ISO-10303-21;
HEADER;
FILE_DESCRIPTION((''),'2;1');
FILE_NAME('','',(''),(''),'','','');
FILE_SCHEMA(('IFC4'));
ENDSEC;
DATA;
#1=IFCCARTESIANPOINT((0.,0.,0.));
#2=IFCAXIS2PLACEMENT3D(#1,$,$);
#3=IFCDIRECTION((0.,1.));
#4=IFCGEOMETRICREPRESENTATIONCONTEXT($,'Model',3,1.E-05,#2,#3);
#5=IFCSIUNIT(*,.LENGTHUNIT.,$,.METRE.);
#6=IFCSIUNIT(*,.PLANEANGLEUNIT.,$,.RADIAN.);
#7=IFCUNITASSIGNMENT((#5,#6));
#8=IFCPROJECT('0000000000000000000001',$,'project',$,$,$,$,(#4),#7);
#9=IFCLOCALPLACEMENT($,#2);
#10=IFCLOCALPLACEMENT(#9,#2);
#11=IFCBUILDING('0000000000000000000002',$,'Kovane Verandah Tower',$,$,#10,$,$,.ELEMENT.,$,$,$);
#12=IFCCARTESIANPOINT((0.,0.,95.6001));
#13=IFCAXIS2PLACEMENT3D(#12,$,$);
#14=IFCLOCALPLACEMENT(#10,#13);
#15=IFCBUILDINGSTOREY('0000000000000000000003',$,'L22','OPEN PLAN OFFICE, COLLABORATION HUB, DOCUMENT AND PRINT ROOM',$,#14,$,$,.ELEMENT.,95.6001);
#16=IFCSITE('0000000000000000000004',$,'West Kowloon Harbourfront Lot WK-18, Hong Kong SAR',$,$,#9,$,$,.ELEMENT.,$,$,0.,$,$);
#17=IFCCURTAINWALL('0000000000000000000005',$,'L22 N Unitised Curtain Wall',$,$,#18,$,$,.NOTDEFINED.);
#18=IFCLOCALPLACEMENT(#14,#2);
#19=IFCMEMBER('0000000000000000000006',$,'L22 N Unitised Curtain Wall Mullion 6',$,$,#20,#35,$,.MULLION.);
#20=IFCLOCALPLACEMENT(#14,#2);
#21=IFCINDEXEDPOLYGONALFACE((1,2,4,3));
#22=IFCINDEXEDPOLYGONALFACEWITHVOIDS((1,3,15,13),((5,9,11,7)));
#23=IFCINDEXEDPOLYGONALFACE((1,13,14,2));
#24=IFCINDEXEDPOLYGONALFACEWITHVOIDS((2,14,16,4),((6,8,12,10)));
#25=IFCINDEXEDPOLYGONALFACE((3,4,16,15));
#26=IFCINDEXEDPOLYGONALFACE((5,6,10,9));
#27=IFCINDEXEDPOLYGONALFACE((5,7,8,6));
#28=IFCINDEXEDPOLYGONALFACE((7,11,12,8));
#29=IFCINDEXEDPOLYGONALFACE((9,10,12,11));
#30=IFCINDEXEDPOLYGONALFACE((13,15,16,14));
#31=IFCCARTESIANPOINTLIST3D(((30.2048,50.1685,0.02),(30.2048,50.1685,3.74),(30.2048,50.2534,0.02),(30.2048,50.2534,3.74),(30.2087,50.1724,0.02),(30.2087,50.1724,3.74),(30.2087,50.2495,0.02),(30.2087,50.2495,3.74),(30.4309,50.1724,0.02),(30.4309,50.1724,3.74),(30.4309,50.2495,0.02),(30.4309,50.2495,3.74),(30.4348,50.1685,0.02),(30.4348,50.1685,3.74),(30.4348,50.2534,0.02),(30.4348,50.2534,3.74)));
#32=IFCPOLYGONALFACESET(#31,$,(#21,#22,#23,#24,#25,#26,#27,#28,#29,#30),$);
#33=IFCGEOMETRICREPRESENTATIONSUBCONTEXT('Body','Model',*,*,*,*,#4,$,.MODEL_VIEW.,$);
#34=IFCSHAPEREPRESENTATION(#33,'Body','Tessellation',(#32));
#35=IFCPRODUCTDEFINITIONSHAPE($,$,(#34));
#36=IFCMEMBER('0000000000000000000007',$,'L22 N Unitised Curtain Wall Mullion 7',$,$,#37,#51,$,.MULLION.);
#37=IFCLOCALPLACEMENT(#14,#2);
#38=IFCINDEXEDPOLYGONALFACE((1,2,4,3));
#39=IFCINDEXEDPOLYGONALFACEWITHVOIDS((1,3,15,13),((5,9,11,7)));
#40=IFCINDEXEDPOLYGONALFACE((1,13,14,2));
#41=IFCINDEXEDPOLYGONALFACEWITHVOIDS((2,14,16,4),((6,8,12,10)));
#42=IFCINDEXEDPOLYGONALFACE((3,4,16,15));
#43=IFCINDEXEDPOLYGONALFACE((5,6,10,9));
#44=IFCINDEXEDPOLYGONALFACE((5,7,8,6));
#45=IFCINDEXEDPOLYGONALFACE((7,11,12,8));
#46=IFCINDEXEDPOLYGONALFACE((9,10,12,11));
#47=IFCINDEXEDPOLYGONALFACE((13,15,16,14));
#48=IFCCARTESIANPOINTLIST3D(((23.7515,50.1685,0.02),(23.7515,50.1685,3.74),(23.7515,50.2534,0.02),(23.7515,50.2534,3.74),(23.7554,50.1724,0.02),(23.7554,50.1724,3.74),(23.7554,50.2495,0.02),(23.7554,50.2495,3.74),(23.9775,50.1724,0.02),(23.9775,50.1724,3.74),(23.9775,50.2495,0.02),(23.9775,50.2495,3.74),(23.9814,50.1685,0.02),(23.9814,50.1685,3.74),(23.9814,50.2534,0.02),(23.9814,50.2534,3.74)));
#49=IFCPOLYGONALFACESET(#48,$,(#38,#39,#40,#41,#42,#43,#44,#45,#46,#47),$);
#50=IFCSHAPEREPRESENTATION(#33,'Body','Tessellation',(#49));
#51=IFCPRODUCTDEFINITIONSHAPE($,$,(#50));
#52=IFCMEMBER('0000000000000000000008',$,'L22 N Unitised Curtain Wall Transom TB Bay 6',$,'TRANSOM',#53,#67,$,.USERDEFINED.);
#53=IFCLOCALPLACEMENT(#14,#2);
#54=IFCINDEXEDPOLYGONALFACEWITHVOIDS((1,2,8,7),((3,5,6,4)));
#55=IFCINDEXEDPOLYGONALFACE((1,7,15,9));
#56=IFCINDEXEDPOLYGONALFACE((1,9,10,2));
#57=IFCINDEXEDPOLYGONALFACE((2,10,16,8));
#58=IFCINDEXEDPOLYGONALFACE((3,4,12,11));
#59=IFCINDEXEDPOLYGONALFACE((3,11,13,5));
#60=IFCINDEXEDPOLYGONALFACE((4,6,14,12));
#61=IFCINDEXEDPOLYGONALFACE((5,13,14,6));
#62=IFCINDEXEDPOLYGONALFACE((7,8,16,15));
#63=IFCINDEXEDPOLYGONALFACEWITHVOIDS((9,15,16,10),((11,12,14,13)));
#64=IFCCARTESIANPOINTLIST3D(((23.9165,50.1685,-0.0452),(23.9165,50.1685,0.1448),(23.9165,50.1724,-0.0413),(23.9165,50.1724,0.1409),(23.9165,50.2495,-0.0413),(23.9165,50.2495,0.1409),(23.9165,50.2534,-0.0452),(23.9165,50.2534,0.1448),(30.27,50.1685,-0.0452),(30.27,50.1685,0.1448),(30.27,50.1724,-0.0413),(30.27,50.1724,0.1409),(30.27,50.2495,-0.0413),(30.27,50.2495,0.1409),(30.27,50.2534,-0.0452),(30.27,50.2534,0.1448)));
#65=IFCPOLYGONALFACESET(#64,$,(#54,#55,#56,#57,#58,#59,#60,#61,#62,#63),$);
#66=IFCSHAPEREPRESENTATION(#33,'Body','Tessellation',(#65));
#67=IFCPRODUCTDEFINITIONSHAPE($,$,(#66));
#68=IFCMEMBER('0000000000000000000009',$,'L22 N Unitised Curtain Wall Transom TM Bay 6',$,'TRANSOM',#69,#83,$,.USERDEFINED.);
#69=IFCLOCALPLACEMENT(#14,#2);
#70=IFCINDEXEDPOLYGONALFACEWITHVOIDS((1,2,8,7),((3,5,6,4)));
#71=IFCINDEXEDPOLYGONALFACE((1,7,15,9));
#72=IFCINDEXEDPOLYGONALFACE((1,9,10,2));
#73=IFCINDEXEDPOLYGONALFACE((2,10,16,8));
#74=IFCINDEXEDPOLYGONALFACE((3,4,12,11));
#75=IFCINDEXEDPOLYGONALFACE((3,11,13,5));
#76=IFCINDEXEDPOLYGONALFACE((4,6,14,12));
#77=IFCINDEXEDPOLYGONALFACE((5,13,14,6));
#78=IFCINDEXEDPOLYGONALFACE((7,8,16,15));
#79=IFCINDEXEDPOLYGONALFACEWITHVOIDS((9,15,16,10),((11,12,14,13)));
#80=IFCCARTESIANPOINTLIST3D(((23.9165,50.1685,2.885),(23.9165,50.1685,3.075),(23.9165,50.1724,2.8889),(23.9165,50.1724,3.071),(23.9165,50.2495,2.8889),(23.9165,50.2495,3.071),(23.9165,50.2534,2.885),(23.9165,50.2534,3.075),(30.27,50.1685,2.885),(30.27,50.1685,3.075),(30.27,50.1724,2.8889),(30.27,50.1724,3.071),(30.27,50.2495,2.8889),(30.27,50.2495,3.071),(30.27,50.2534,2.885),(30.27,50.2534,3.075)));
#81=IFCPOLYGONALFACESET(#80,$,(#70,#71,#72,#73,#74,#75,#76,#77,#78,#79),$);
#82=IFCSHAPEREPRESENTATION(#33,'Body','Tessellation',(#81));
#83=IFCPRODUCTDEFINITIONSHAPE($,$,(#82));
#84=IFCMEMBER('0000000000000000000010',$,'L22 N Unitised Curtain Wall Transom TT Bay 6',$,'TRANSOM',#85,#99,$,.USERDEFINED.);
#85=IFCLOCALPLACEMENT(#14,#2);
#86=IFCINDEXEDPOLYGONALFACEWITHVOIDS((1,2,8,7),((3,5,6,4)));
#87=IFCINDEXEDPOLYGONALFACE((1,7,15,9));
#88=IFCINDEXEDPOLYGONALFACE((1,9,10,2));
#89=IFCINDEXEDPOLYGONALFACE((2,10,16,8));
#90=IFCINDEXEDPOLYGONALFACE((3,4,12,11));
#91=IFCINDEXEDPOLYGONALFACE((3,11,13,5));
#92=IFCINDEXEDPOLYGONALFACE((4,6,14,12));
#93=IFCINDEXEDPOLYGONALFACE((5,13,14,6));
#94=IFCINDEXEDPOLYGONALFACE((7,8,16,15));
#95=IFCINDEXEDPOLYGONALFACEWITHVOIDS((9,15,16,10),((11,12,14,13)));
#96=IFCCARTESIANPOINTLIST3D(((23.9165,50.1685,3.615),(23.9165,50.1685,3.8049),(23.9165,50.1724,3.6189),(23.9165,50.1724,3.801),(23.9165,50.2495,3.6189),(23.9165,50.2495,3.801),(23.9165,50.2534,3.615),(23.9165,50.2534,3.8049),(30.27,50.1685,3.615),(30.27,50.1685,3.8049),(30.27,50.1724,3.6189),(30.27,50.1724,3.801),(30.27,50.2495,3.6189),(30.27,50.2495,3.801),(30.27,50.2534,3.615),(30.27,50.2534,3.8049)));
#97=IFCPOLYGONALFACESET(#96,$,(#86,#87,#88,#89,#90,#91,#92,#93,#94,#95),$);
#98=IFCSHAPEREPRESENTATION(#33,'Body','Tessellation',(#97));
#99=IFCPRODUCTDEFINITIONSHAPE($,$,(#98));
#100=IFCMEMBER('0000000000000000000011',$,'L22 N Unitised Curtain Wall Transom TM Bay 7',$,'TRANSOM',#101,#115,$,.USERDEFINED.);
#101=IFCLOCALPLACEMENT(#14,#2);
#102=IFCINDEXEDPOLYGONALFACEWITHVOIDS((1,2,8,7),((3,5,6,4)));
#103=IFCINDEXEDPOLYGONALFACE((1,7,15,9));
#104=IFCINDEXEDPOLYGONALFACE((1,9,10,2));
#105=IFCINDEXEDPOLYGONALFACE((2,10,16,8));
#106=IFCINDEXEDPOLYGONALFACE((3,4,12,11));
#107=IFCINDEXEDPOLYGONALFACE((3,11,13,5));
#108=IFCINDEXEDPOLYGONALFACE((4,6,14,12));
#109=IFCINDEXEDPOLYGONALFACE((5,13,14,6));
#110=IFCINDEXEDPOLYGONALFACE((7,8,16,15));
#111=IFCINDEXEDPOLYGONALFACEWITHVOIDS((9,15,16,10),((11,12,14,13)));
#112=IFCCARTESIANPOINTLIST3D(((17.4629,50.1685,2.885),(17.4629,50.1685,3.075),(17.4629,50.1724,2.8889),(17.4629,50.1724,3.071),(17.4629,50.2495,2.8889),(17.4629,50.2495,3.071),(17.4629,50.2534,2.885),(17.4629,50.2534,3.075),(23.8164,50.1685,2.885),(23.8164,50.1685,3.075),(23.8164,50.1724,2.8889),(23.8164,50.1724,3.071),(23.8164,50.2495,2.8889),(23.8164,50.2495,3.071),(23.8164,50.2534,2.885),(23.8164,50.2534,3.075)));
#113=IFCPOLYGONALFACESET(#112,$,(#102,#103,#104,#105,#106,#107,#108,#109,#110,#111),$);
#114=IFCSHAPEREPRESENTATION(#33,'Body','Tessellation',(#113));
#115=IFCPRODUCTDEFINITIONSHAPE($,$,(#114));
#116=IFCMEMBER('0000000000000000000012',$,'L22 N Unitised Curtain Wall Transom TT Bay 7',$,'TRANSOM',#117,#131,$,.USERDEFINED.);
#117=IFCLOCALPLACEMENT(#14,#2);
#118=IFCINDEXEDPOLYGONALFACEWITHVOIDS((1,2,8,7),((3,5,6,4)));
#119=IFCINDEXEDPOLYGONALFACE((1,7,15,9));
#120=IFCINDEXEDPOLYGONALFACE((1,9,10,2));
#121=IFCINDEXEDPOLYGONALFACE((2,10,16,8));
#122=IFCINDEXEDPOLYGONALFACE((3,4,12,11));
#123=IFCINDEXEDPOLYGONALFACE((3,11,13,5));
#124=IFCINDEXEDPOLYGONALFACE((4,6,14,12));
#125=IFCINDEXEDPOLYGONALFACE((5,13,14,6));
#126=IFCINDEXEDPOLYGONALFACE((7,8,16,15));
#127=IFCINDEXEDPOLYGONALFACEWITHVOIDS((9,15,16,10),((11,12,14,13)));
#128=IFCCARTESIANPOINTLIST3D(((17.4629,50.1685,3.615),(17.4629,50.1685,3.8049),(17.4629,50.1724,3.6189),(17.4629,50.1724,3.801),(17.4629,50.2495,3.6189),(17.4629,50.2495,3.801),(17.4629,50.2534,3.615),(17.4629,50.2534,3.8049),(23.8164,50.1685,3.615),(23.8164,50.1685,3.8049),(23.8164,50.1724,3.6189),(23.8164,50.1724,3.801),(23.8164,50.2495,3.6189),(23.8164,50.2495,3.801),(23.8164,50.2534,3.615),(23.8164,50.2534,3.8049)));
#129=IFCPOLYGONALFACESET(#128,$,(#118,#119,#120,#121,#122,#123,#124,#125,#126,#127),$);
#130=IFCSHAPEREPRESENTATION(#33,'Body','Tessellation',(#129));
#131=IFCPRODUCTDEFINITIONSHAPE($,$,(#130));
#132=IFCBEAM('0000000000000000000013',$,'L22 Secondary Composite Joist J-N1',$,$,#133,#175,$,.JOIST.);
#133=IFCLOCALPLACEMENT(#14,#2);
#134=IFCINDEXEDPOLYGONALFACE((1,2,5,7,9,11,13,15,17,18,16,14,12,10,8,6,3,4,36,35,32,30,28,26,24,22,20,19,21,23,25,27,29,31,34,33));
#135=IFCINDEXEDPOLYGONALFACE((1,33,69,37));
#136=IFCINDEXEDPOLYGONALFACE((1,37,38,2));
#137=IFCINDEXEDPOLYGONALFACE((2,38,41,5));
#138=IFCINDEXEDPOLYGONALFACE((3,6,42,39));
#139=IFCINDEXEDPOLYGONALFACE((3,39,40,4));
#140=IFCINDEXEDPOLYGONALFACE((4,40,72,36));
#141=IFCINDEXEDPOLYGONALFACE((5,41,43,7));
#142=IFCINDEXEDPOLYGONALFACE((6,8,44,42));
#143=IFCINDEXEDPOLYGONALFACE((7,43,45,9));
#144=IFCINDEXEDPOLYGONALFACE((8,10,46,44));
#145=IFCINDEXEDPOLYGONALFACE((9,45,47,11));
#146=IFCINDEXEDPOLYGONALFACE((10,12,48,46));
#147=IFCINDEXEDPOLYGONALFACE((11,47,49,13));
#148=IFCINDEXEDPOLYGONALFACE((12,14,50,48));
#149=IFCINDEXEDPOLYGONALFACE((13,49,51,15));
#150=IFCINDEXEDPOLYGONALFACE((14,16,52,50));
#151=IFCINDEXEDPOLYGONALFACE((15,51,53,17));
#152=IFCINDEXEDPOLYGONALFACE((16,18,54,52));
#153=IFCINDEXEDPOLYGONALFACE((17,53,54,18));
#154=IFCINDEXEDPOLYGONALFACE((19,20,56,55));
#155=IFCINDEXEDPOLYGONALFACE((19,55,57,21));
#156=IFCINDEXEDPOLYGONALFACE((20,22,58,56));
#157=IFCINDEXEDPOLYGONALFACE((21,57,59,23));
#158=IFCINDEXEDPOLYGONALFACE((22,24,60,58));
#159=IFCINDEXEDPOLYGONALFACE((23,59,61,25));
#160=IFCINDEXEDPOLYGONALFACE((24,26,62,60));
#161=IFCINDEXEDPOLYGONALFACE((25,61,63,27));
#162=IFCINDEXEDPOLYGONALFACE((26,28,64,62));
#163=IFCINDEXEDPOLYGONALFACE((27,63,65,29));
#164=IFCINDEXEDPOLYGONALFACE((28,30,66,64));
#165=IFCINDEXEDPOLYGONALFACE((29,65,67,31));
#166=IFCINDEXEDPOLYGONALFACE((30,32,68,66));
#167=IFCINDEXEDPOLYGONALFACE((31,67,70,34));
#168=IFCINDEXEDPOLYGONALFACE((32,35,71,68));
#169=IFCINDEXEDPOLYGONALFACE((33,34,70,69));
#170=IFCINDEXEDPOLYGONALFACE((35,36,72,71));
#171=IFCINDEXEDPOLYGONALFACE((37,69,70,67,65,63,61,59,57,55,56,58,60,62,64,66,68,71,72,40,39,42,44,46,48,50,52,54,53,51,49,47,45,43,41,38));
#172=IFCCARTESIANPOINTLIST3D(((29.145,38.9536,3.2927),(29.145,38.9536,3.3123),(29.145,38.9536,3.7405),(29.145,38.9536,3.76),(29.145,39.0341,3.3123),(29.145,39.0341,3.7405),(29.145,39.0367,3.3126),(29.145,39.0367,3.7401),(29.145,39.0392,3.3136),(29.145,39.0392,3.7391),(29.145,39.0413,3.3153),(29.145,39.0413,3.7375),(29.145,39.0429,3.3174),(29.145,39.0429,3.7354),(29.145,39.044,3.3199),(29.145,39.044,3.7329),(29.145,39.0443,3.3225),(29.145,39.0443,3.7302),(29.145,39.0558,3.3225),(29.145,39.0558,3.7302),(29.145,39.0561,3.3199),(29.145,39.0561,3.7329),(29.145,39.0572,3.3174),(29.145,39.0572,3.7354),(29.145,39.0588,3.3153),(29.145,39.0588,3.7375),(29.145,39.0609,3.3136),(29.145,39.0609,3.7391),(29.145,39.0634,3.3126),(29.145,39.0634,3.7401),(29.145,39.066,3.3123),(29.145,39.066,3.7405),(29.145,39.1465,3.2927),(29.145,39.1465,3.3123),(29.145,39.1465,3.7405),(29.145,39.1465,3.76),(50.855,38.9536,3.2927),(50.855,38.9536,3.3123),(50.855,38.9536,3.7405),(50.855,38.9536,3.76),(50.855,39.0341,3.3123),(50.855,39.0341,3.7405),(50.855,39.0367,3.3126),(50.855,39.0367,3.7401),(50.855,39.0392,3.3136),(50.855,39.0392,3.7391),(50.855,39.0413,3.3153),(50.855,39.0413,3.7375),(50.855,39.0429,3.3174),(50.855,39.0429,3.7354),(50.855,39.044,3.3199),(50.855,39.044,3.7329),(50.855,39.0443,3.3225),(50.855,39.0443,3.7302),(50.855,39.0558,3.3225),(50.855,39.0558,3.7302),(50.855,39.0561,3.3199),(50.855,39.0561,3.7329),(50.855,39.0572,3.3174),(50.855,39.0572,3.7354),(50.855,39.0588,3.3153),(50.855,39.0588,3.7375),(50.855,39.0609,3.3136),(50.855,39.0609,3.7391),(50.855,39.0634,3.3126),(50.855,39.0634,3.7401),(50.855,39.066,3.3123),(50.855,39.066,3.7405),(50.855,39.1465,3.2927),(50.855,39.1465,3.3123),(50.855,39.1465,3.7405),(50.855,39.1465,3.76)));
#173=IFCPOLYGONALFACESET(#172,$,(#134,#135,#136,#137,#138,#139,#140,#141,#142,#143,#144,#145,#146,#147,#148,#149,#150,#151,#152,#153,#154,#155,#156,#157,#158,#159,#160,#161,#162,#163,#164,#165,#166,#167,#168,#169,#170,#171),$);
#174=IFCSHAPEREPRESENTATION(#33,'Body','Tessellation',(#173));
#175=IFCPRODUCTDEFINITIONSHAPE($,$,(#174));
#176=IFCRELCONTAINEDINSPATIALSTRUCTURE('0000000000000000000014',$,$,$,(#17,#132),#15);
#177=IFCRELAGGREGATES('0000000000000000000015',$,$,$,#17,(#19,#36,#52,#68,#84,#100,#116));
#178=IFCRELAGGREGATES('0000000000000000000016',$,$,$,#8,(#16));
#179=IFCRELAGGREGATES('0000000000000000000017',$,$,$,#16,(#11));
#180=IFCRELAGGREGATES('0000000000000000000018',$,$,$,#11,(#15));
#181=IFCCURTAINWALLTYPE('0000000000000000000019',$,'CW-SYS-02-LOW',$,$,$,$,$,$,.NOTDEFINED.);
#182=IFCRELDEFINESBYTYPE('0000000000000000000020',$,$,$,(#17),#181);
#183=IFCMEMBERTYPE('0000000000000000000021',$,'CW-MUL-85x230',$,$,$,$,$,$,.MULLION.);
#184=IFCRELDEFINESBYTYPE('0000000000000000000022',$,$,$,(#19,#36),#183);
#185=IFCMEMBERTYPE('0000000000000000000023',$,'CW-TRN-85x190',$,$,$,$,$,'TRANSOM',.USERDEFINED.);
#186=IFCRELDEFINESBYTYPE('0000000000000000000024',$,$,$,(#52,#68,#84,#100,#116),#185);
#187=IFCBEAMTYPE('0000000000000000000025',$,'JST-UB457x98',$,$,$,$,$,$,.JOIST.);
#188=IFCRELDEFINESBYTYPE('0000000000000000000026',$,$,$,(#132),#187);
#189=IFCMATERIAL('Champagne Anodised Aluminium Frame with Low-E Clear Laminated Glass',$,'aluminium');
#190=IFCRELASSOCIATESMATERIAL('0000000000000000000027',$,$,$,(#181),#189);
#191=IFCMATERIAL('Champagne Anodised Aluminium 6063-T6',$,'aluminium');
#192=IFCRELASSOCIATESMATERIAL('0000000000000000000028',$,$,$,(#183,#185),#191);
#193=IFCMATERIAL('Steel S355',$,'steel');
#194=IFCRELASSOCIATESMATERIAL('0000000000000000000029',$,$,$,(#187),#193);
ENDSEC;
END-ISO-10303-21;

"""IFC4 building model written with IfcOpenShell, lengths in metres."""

from ifc_helpers import new_model, si_unit, direction, frame, origin, origin_2d, place, context, subcontext, project, spatial, hollow_rectangle, i_section, extrude, material, material_profile, profile_set, type_object, element, aggregate, save


model = new_model("IFC4")

# Units and contexts
model_context = context("Model", 3, precision=1e-05, world=origin(), true_north=direction((0.0, 1.0)))
body_context = subcontext(model_context, "Body", "Model", "MODEL_VIEW")
ifc_project = project(units=[si_unit("LENGTHUNIT", "METRE"), si_unit("PLANEANGLEUNIT", "RADIAN")], contexts=[model_context])

# Site, building, storey
site_placement = place(None, origin())
site = spatial("IfcSite", under=ifc_project, at=site_placement, Name="West Kowloon Harbourfront Lot WK-18, Hong Kong SAR", CompositionType="ELEMENT", RefElevation=0.0)
building_placement = place(site_placement, origin())
building = spatial("IfcBuilding", under=site, at=building_placement, Name="Kovane Verandah Tower", CompositionType="ELEMENT")
storey_placement = place(building_placement, frame((0.0, 0.0, 95.6001)))
storey = spatial("IfcBuildingStorey", under=building, at=storey_placement, Name="L22", Description="OPEN PLAN OFFICE, COLLABORATION HUB, DOCUMENT AND PRINT ROOM", CompositionType="ELEMENT", Elevation=95.6001)

# Shared definitions
ifc_material_1 = material(Name="Steel S355", Category="steel")

# Curtain wall, members
ifc_material_2 = material(Name="Champagne Anodised Aluminium Frame with Low-E Clear Laminated Glass", Category="aluminium")
curtain_wall_type = type_object("IfcCurtainWallType", Name="CW-SYS-02-LOW", PredefinedType="NOTDEFINED", material=ifc_material_2)
curtain_wall_placement = place(storey_placement, origin())
curtain_wall = element("IfcCurtainWall", 1, at=curtain_wall_placement, inside=storey, type_object=curtain_wall_type, Name="L22 N Unitised Curtain Wall", PredefinedType="NOTDEFINED")
ifc_material_3 = material(Name="Champagne Anodised Aluminium 6063-T6", Category="aluminium")
ifc_material_profile_1 = material_profile(ifc_material_3, hollow_rectangle(XDim=0.085, YDim=0.23, WallThickness=0.0039, at=origin_2d()), Name="AL85x230x4")
ifc_profile_set_1 = profile_set([ifc_material_profile_1], Name="Champagne Anodised Aluminium 6063-T6")
member_type_1 = type_object("IfcMemberType", Name="CW-MUL-85x230", PredefinedType="MULLION", material=ifc_profile_set_1)
member_1_placement = place(storey_placement, frame((30.3198, 50.2109, 0.02), z_axis=(0.0, 0.0, 1.0), x_axis=(0.0, 1.0, 0.0)))
member_1 = element("IfcMember", 2, at=member_1_placement, type_object=member_type_1, Name="L22 N Unitised Curtain Wall Mullion 6", PredefinedType="MULLION", context=body_context, shape_type="SweptSolid", body=[
    extrude(hollow_rectangle(XDim=0.085, YDim=0.23, WallThickness=0.0039, at=origin_2d()), origin(), (0.0, 0.0, 1.0), 3.72),
])
member_2_placement = place(storey_placement, frame((23.8665, 50.2109, 0.02), z_axis=(0.0, 0.0, 1.0), x_axis=(0.0, 1.0, 0.0)))
member_2 = element("IfcMember", 3, at=member_2_placement, type_object=member_type_1, Name="L22 N Unitised Curtain Wall Mullion 7", PredefinedType="MULLION", context=body_context, shape_type="SweptSolid", body=[
    extrude(hollow_rectangle(XDim=0.085, YDim=0.23, WallThickness=0.0039, at=origin_2d()), origin(), (0.0, 0.0, 1.0), 3.72),
])
ifc_material_profile_2 = material_profile(ifc_material_3, hollow_rectangle(XDim=0.085, YDim=0.1899, WallThickness=0.0039, at=origin_2d()), Name="AL85x190x4")
ifc_profile_set_2 = profile_set([ifc_material_profile_2], Name="Champagne Anodised Aluminium 6063-T6")
member_type_2 = type_object("IfcMemberType", Name="CW-TRN-85x190", ElementType="TRANSOM", PredefinedType="USERDEFINED", material=ifc_profile_set_2)
member_3_placement = place(storey_placement, frame((30.27, 50.2109, 0.0498), z_axis=(-1.0, 0.0, 0.0), x_axis=(0.0, -1.0, 0.0)))
member_3 = element("IfcMember", 4, at=member_3_placement, type_object=member_type_2, Name="L22 N Unitised Curtain Wall Transom TB Bay 6", ObjectType="TRANSOM", PredefinedType="USERDEFINED", context=body_context, shape_type="SweptSolid", body=[
    extrude(hollow_rectangle(XDim=0.085, YDim=0.1899, WallThickness=0.0039, at=origin_2d()), origin(), (0.0, 0.0, 1.0), 6.3535),
])
member_4_placement = place(storey_placement, frame((30.27, 50.2109, 2.98), z_axis=(-1.0, 0.0, 0.0), x_axis=(0.0, -1.0, 0.0)))
member_4 = element("IfcMember", 5, at=member_4_placement, type_object=member_type_2, Name="L22 N Unitised Curtain Wall Transom TM Bay 6", ObjectType="TRANSOM", PredefinedType="USERDEFINED", context=body_context, shape_type="SweptSolid", body=[
    extrude(hollow_rectangle(XDim=0.085, YDim=0.1899, WallThickness=0.0039, at=origin_2d()), origin(), (0.0, 0.0, 1.0), 6.3535),
])
member_5_placement = place(storey_placement, frame((30.27, 50.2109, 3.71), z_axis=(-1.0, 0.0, 0.0), x_axis=(0.0, -1.0, 0.0)))
member_5 = element("IfcMember", 6, at=member_5_placement, type_object=member_type_2, Name="L22 N Unitised Curtain Wall Transom TT Bay 6", ObjectType="TRANSOM", PredefinedType="USERDEFINED", context=body_context, shape_type="SweptSolid", body=[
    extrude(hollow_rectangle(XDim=0.085, YDim=0.1899, WallThickness=0.0039, at=origin_2d()), origin(), (0.0, 0.0, 1.0), 6.3535),
])
member_6_placement = place(storey_placement, frame((23.8164, 50.2109, 2.98), z_axis=(-1.0, 0.0, 0.0), x_axis=(0.0, -1.0, 0.0)))
member_6 = element("IfcMember", 7, at=member_6_placement, type_object=member_type_2, Name="L22 N Unitised Curtain Wall Transom TM Bay 7", ObjectType="TRANSOM", PredefinedType="USERDEFINED", context=body_context, shape_type="SweptSolid", body=[
    extrude(hollow_rectangle(XDim=0.085, YDim=0.1899, WallThickness=0.0039, at=origin_2d()), origin(), (0.0, 0.0, 1.0), 6.3535),
])
member_7_placement = place(storey_placement, frame((23.8164, 50.2109, 3.71), z_axis=(-1.0, 0.0, 0.0), x_axis=(0.0, -1.0, 0.0)))
member_7 = element("IfcMember", 8, at=member_7_placement, type_object=member_type_2, Name="L22 N Unitised Curtain Wall Transom TT Bay 7", ObjectType="TRANSOM", PredefinedType="USERDEFINED", context=body_context, shape_type="SweptSolid", body=[
    extrude(hollow_rectangle(XDim=0.085, YDim=0.1899, WallThickness=0.0039, at=origin_2d()), origin(), (0.0, 0.0, 1.0), 6.3535),
])

# Beam
ifc_material_profile_3 = material_profile(ifc_material_1, i_section(OverallWidth=0.1929, OverallDepth=0.4673, WebThickness=0.0115, FlangeThickness=0.0195, FilletRadius=0.0103, at=origin_2d()), Name="UB457x191x98")
ifc_profile_set_3 = profile_set([ifc_material_profile_3], Name="Steel S355")
beam_type_1 = type_object("IfcBeamType", Name="JST-UB457x98", PredefinedType="JOIST", material=ifc_profile_set_3)
for number, where, z_axis, x_axis, name in (
    (9, (29.145, 39.05, 3.5264), (1.0, 0.0, 0.0), (0.0, 1.0, 0.0), "L22 Secondary Composite Joist J-N1"),
):
    element("IfcBeam", number, at=place(storey_placement, frame(where, z_axis=z_axis, x_axis=x_axis)), inside=storey, type_object=beam_type_1, Name=name, PredefinedType="JOIST", context=body_context, shape_type="SweptSolid", body=[
        extrude(i_section(OverallWidth=0.1929, OverallDepth=0.4673, WebThickness=0.0115, FlangeThickness=0.0195, FilletRadius=0.0103, at=origin_2d()), origin(), (0.0, 0.0, 1.0), 21.71),
    ])

aggregate(curtain_wall, [member_1, member_2, member_3, member_4, member_5, member_6, member_7])

save(model, "model.ifc")
